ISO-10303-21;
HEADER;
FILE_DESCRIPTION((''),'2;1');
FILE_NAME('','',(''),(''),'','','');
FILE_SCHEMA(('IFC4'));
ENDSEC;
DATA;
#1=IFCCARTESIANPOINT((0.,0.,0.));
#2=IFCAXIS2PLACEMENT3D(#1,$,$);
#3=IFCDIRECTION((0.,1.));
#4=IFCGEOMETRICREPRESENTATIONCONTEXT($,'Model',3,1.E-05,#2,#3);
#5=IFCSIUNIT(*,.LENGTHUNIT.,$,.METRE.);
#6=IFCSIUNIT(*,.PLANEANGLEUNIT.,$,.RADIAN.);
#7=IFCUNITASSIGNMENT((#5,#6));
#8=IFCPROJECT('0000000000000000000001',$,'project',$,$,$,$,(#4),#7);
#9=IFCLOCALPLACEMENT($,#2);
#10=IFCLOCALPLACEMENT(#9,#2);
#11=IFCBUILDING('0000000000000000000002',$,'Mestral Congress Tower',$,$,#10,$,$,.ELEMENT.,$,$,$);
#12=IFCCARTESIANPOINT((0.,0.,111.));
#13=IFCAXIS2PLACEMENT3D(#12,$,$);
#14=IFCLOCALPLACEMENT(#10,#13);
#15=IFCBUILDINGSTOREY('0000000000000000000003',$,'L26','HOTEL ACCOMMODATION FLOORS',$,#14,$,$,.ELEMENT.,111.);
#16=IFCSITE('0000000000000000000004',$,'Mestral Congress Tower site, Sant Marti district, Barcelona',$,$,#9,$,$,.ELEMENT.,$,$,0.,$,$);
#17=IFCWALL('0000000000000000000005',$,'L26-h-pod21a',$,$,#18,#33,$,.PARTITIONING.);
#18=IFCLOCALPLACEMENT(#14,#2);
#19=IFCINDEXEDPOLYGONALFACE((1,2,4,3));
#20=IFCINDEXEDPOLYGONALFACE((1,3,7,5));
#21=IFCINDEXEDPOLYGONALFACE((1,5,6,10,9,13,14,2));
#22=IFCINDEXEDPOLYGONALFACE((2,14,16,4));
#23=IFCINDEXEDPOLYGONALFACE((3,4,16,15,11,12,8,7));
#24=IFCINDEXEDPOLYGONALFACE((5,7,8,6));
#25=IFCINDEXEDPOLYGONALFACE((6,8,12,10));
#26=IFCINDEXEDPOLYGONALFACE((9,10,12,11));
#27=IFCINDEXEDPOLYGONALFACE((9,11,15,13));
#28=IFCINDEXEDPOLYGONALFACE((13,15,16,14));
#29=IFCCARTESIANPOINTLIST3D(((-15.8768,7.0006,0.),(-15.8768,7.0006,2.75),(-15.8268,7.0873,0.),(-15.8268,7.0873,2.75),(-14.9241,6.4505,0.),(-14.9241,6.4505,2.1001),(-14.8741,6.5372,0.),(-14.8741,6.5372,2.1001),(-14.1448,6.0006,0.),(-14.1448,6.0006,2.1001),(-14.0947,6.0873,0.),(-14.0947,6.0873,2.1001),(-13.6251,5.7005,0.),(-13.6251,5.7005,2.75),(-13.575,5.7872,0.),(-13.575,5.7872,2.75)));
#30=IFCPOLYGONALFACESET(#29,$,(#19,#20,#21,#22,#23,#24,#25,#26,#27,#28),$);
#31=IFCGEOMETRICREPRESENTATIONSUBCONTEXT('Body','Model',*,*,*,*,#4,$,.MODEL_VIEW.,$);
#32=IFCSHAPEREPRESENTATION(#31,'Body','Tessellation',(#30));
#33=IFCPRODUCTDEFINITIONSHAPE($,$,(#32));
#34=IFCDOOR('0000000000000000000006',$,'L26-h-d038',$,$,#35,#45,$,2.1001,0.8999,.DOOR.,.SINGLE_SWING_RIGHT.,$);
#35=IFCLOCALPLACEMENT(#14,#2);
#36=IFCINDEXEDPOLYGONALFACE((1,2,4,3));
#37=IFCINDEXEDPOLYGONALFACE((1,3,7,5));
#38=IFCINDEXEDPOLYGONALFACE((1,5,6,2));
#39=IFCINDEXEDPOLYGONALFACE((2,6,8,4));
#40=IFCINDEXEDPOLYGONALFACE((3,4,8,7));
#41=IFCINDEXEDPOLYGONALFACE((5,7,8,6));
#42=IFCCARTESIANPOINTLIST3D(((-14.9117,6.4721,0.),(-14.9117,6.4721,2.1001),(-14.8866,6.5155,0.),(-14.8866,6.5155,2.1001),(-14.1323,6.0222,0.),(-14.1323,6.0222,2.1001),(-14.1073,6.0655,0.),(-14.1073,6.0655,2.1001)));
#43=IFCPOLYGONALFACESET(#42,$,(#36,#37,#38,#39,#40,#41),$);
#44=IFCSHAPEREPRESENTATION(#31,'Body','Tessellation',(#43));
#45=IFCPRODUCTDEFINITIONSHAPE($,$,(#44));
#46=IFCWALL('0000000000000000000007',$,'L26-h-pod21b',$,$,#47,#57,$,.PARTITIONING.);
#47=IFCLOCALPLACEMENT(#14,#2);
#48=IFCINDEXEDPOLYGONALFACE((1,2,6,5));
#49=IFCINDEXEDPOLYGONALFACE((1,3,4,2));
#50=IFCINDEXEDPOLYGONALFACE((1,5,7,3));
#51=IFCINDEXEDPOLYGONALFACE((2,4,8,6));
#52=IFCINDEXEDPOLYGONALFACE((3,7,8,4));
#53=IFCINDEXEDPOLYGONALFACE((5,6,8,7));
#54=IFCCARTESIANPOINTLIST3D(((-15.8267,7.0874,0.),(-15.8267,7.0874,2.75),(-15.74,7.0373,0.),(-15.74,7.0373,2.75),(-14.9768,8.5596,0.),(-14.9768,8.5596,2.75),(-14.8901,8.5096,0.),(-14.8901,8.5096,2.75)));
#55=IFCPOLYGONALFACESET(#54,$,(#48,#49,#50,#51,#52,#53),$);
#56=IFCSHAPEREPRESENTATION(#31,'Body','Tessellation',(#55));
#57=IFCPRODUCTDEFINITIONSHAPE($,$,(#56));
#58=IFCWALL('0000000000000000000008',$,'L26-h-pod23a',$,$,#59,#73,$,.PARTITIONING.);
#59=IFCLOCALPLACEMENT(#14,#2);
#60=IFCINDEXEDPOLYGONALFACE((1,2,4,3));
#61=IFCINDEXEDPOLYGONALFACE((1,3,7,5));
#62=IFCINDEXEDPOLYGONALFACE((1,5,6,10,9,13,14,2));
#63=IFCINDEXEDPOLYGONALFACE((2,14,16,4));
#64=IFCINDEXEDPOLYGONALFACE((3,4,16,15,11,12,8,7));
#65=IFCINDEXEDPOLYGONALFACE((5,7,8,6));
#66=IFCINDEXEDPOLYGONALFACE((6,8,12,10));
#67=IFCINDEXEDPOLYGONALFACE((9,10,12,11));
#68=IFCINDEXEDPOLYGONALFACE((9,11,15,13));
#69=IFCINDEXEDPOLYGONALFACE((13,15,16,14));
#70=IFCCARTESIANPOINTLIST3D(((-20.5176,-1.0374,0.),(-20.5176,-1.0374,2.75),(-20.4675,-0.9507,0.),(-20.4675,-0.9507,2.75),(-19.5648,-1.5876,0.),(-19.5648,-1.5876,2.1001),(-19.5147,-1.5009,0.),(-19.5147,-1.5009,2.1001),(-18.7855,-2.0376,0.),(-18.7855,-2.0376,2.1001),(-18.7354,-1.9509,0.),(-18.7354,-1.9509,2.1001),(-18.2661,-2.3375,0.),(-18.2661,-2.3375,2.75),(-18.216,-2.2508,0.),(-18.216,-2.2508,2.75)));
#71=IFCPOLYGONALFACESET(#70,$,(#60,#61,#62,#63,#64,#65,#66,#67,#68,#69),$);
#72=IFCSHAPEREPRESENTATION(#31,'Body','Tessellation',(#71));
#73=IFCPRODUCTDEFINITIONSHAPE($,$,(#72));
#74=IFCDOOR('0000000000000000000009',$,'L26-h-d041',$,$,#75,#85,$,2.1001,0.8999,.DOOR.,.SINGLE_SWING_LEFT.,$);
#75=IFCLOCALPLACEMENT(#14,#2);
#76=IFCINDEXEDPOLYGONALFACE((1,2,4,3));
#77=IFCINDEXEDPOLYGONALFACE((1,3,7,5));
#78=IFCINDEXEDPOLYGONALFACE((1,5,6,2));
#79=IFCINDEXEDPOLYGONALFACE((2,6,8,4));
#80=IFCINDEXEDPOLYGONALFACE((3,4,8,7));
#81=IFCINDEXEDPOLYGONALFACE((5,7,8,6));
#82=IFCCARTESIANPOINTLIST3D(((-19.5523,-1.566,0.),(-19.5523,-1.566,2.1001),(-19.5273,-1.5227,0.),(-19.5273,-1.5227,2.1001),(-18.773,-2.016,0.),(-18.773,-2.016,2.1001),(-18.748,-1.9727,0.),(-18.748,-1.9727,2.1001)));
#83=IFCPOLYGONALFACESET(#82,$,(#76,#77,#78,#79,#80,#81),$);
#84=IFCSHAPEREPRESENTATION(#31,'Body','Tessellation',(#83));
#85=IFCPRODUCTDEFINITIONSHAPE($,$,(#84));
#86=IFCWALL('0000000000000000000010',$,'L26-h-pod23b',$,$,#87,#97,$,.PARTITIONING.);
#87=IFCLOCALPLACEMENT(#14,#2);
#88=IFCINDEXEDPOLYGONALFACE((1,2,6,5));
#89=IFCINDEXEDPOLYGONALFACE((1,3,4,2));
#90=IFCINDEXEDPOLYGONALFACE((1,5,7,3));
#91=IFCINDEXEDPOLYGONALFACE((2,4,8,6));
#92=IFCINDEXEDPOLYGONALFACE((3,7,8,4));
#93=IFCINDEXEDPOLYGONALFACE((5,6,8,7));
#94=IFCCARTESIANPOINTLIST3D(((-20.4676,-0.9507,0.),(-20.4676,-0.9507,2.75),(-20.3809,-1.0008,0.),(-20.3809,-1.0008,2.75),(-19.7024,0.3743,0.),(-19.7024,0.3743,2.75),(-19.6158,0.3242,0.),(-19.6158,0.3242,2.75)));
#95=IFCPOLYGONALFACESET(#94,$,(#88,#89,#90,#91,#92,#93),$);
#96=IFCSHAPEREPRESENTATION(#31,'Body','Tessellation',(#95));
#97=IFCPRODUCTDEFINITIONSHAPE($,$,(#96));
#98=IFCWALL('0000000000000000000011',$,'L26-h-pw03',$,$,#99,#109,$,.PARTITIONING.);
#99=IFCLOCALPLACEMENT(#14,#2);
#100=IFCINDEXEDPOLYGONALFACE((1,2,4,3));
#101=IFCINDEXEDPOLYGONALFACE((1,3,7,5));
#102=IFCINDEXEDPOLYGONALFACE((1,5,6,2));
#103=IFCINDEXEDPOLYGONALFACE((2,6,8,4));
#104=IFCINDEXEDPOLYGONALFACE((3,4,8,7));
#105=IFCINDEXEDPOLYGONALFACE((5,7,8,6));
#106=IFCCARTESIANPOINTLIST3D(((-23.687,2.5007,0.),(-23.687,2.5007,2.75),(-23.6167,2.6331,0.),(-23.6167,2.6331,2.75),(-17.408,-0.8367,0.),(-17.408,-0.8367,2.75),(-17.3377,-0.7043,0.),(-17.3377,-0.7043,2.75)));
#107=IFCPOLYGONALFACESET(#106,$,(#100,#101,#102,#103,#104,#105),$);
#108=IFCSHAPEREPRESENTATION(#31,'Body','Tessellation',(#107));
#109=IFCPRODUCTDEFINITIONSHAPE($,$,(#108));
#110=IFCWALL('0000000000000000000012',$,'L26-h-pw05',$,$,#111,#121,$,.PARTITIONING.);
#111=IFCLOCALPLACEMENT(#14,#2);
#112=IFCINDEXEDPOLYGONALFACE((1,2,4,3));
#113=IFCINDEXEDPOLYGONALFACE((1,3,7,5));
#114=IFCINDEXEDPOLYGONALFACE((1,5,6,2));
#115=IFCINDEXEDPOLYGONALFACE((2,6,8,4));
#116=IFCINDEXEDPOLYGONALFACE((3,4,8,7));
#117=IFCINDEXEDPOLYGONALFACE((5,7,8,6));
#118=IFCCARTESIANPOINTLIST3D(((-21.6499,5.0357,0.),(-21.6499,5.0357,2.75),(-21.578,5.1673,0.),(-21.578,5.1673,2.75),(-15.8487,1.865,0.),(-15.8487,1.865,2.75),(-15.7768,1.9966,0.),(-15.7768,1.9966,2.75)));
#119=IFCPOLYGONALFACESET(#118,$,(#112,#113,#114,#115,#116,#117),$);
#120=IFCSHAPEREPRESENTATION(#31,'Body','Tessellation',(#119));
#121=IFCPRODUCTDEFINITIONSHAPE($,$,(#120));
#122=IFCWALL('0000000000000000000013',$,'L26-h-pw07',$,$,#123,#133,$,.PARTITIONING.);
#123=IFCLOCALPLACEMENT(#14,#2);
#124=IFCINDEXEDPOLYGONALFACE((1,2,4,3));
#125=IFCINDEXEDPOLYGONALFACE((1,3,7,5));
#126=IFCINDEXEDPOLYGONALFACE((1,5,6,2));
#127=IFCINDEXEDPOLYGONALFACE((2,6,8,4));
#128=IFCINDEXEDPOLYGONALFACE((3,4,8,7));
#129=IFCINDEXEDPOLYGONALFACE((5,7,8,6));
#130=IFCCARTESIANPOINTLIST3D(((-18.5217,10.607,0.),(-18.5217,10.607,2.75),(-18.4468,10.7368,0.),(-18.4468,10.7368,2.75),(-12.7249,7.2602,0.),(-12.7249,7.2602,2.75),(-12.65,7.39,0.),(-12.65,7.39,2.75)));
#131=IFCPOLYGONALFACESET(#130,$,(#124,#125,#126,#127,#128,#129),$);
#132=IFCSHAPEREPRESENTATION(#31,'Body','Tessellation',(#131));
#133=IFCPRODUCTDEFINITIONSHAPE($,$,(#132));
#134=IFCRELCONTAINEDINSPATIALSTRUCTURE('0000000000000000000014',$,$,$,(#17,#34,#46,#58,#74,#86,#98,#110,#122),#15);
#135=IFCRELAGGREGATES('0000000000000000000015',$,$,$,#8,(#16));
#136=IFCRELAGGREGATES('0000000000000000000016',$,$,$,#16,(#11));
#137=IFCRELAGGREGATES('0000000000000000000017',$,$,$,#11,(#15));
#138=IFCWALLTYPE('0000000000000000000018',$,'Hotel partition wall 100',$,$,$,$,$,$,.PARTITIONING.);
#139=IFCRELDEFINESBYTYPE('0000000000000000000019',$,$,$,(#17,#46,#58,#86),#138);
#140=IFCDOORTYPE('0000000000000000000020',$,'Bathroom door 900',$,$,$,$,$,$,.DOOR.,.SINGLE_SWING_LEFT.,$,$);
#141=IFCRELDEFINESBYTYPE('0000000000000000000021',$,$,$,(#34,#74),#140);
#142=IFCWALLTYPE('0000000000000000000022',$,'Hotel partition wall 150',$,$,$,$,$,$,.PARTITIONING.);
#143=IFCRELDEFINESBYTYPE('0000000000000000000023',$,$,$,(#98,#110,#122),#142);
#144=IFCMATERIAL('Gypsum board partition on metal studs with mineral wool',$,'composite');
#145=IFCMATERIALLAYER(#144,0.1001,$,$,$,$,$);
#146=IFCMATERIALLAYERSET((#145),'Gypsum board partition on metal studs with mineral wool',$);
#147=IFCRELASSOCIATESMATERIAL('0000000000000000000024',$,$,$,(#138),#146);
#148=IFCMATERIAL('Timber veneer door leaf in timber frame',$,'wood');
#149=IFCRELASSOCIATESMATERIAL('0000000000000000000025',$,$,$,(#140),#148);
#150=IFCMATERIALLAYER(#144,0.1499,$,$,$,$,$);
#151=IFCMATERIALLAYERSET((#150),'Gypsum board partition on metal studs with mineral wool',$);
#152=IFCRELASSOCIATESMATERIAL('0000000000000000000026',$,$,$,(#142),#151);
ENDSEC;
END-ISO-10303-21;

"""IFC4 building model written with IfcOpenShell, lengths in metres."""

from ifc_helpers import new_model, si_unit, direction, frame, frame_2d, origin, place, context, subcontext, project, spatial, rectangle, extrude, material, layer, layer_set, type_object, element, fill, save


model = new_model("IFC4")

# Units and contexts
model_context = context("Model", 3, precision=1e-05, world=origin(), true_north=direction((0.0, 1.0)))
body_context = subcontext(model_context, "Body", "Model", "MODEL_VIEW")
ifc_project = project(units=[si_unit("LENGTHUNIT", "METRE"), si_unit("PLANEANGLEUNIT", "RADIAN")], contexts=[model_context])

# Site, building, storey
site_placement = place(None, origin())
site = spatial("IfcSite", under=ifc_project, at=site_placement, Name="Mestral Congress Tower site, Sant Marti district, Barcelona", CompositionType="ELEMENT", RefElevation=0.0)
building_placement = place(site_placement, origin())
building = spatial("IfcBuilding", under=site, at=building_placement, Name="Mestral Congress Tower", CompositionType="ELEMENT")
storey_placement = place(building_placement, frame((0.0, 0.0, 111.0)))
storey = spatial("IfcBuildingStorey", under=building, at=storey_placement, Name="L26", Description="HOTEL ACCOMMODATION FLOORS", CompositionType="ELEMENT", Elevation=111.0)

# Wall, opening, door
ifc_material_1 = material(Name="Gypsum board partition on metal studs with mineral wool", Category="composite")
ifc_layer_1 = layer(ifc_material_1, 0.1001)
ifc_layer_set_1 = layer_set([ifc_layer_1], Name="Gypsum board partition on metal studs with mineral wool")
wall_type_1 = type_object("IfcWallType", Name="Hotel partition wall 100", PredefinedType="PARTITIONING", material=ifc_layer_set_1)
wall_1_placement = place(storey_placement, frame((-15.8518, 7.0439, 0.0), z_axis=(0.0, 0.0, 1.0), x_axis=(0.866021, -0.500007, 0.0)))
wall_1 = element("IfcWall", 1, at=wall_1_placement, inside=storey, type_object=wall_type_1, Name="L26-h-pod21a", PredefinedType="PARTITIONING", context=body_context, shape_type="SweptSolid", body=[
    extrude(rectangle(XDim=2.6001, YDim=0.1001, at=frame_2d((1.3, 0.0))), origin(), (0.0, 0.0, 1.0), 2.75),
])
opening_1_placement = place(wall_1_placement, frame((1.1001, 0.0, 0.0)))
opening_1 = element("IfcOpeningElement", 2, at=opening_1_placement, cuts=wall_1, PredefinedType="OPENING", context=body_context, shape_type="SweptSolid", body=[
    extrude(rectangle(XDim=0.8999, YDim=2.1001, at=frame_2d((0.45, 1.05))), frame((0.0, 0.0601, 0.0), z_axis=(0.0, -1.0, 0.0), x_axis=(1.0, 0.0, 0.0)), (0.0, 0.0, 1.0), 0.1201),
])
ifc_material_2 = material(Name="Timber veneer door leaf in timber frame", Category="wood")
door_type = type_object("IfcDoorType", Name="Bathroom door 900", OperationType="SINGLE_SWING_LEFT", PredefinedType="DOOR", material=ifc_material_2)
door_1_placement = place(opening_1_placement, origin())
door_1 = element("IfcDoor", 3, at=door_1_placement, inside=storey, type_object=door_type, Name="L26-h-d038", OperationType="SINGLE_SWING_RIGHT", OverallHeight=2.1001, OverallWidth=0.8999, PredefinedType="DOOR", context=body_context, shape_type="SweptSolid", body=[
    extrude(rectangle(XDim=0.8999, YDim=2.1001, at=frame_2d((0.45, 1.05))), frame((0.0, 0.0249, 0.0), z_axis=(0.0, -1.0, 0.0), x_axis=(1.0, 0.0, 0.0)), (0.0, 0.0, 1.0), 0.05),
])
fill(opening_1, door_1)

# Wall
wall_2_placement = place(storey_placement, frame((-15.7834, 7.0623, 0.0), z_axis=(0.0, 0.0, 1.0), x_axis=(0.499955, 0.866052, 0.0)))
element("IfcWall", 4, at=wall_2_placement, inside=storey, type_object=wall_type_1, Name="L26-h-pod21b", PredefinedType="PARTITIONING", context=body_context, shape_type="SweptSolid", body=[
    extrude(rectangle(XDim=1.7, YDim=0.1001, at=frame_2d((0.8501, 0.0))), origin(), (0.0, 0.0, 1.0), 2.75),
])

# Wall, opening, door
wall_3_placement = place(storey_placement, frame((-20.4924, -0.9941, 0.0), z_axis=(0.0, 0.0, 1.0), x_axis=(0.865998, -0.500048, 0.0)))
wall_3 = element("IfcWall", 5, at=wall_3_placement, inside=storey, type_object=wall_type_1, Name="L26-h-pod23a", PredefinedType="PARTITIONING", context=body_context, shape_type="SweptSolid", body=[
    extrude(rectangle(XDim=2.5999, YDim=0.1001, at=frame_2d((1.2998, 0.0))), origin(), (0.0, 0.0, 1.0), 2.75),
])
opening_2_placement = place(wall_3_placement, frame((1.1001, 0.0, 0.0)))
opening_2 = element("IfcOpeningElement", 6, at=opening_2_placement, cuts=wall_3, PredefinedType="OPENING", context=body_context, shape_type="SweptSolid", body=[
    extrude(rectangle(XDim=0.8999, YDim=2.1001, at=frame_2d((0.45, 1.05))), frame((0.0, 0.0601, 0.0), z_axis=(0.0, -1.0, 0.0), x_axis=(1.0, 0.0, 0.0)), (0.0, 0.0, 1.0), 0.1201),
])
door_2_placement = place(opening_2_placement, origin())
door_2 = element("IfcDoor", 7, at=door_2_placement, inside=storey, type_object=door_type, Name="L26-h-d041", OperationType="SINGLE_SWING_LEFT", OverallHeight=2.1001, OverallWidth=0.8999, PredefinedType="DOOR", context=body_context, shape_type="SweptSolid", body=[
    extrude(rectangle(XDim=0.8999, YDim=2.1001, at=frame_2d((0.45, 1.05))), frame((0.0, 0.0249, 0.0), z_axis=(0.0, -1.0, 0.0), x_axis=(1.0, 0.0, 0.0)), (0.0, 0.0, 1.0), 0.05),
])
fill(opening_2, door_2)

# Walls
wall_4_placement = place(storey_placement, frame((-20.4243, -0.9758, 0.0), z_axis=(0.0, 0.0, 1.0), x_axis=(0.500086, 0.865976, 0.0)))
element("IfcWall", 8, at=wall_4_placement, inside=storey, type_object=wall_type_1, Name="L26-h-pod23b", PredefinedType="PARTITIONING", context=body_context, shape_type="SweptSolid", body=[
    extrude(rectangle(XDim=1.53, YDim=0.1001, at=frame_2d((0.7651, 0.0))), origin(), (0.0, 0.0, 1.0), 2.75),
])
ifc_layer_2 = layer(ifc_material_1, 0.1499)
ifc_layer_set_2 = layer_set([ifc_layer_2], Name="Gypsum board partition on metal studs with mineral wool")
wall_type_2 = type_object("IfcWallType", Name="Hotel partition wall 150", PredefinedType="PARTITIONING", material=ifc_layer_set_2)
wall_5_placement = place(storey_placement, frame((-23.6519, 2.5669, 0.0), z_axis=(0.0, 0.0, 1.0), x_axis=(0.883019, -0.469337, 0.0)))
element("IfcWall", 9, at=wall_5_placement, inside=storey, type_object=wall_type_2, Name="L26-h-pw03", PredefinedType="PARTITIONING", context=body_context, shape_type="SweptSolid", body=[
    extrude(rectangle(XDim=7.1108, YDim=0.1499, at=frame_2d((3.5554, 0.0))), origin(), (0.0, 0.0, 1.0), 2.75),
])
wall_6_placement = place(storey_placement, frame((-21.614, 5.1016, 0.0), z_axis=(0.0, 0.0, 1.0), x_axis=(0.877485, -0.479605, 0.0)))
element("IfcWall", 10, at=wall_6_placement, inside=storey, type_object=wall_type_2, Name="L26-h-pw05", PredefinedType="PARTITIONING", context=body_context, shape_type="SweptSolid", body=[
    extrude(rectangle(XDim=6.6111, YDim=0.1499, at=frame_2d((3.3057, 0.0))), origin(), (0.0, 0.0, 1.0), 2.75),
])
wall_7_placement = place(storey_placement, frame((-18.4841, 10.6719, 0.0), z_axis=(0.0, 0.0, 1.0), x_axis=(0.866019, -0.500011, 0.0)))
element("IfcWall", 11, at=wall_7_placement, inside=storey, type_object=wall_type_2, Name="L26-h-pw07", PredefinedType="PARTITIONING", context=body_context, shape_type="SweptSolid", body=[
    extrude(rectangle(XDim=6.6936, YDim=0.1499, at=frame_2d((3.3467, 0.0))), origin(), (0.0, 0.0, 1.0), 2.75),
])

save(model, "model.ifc")
